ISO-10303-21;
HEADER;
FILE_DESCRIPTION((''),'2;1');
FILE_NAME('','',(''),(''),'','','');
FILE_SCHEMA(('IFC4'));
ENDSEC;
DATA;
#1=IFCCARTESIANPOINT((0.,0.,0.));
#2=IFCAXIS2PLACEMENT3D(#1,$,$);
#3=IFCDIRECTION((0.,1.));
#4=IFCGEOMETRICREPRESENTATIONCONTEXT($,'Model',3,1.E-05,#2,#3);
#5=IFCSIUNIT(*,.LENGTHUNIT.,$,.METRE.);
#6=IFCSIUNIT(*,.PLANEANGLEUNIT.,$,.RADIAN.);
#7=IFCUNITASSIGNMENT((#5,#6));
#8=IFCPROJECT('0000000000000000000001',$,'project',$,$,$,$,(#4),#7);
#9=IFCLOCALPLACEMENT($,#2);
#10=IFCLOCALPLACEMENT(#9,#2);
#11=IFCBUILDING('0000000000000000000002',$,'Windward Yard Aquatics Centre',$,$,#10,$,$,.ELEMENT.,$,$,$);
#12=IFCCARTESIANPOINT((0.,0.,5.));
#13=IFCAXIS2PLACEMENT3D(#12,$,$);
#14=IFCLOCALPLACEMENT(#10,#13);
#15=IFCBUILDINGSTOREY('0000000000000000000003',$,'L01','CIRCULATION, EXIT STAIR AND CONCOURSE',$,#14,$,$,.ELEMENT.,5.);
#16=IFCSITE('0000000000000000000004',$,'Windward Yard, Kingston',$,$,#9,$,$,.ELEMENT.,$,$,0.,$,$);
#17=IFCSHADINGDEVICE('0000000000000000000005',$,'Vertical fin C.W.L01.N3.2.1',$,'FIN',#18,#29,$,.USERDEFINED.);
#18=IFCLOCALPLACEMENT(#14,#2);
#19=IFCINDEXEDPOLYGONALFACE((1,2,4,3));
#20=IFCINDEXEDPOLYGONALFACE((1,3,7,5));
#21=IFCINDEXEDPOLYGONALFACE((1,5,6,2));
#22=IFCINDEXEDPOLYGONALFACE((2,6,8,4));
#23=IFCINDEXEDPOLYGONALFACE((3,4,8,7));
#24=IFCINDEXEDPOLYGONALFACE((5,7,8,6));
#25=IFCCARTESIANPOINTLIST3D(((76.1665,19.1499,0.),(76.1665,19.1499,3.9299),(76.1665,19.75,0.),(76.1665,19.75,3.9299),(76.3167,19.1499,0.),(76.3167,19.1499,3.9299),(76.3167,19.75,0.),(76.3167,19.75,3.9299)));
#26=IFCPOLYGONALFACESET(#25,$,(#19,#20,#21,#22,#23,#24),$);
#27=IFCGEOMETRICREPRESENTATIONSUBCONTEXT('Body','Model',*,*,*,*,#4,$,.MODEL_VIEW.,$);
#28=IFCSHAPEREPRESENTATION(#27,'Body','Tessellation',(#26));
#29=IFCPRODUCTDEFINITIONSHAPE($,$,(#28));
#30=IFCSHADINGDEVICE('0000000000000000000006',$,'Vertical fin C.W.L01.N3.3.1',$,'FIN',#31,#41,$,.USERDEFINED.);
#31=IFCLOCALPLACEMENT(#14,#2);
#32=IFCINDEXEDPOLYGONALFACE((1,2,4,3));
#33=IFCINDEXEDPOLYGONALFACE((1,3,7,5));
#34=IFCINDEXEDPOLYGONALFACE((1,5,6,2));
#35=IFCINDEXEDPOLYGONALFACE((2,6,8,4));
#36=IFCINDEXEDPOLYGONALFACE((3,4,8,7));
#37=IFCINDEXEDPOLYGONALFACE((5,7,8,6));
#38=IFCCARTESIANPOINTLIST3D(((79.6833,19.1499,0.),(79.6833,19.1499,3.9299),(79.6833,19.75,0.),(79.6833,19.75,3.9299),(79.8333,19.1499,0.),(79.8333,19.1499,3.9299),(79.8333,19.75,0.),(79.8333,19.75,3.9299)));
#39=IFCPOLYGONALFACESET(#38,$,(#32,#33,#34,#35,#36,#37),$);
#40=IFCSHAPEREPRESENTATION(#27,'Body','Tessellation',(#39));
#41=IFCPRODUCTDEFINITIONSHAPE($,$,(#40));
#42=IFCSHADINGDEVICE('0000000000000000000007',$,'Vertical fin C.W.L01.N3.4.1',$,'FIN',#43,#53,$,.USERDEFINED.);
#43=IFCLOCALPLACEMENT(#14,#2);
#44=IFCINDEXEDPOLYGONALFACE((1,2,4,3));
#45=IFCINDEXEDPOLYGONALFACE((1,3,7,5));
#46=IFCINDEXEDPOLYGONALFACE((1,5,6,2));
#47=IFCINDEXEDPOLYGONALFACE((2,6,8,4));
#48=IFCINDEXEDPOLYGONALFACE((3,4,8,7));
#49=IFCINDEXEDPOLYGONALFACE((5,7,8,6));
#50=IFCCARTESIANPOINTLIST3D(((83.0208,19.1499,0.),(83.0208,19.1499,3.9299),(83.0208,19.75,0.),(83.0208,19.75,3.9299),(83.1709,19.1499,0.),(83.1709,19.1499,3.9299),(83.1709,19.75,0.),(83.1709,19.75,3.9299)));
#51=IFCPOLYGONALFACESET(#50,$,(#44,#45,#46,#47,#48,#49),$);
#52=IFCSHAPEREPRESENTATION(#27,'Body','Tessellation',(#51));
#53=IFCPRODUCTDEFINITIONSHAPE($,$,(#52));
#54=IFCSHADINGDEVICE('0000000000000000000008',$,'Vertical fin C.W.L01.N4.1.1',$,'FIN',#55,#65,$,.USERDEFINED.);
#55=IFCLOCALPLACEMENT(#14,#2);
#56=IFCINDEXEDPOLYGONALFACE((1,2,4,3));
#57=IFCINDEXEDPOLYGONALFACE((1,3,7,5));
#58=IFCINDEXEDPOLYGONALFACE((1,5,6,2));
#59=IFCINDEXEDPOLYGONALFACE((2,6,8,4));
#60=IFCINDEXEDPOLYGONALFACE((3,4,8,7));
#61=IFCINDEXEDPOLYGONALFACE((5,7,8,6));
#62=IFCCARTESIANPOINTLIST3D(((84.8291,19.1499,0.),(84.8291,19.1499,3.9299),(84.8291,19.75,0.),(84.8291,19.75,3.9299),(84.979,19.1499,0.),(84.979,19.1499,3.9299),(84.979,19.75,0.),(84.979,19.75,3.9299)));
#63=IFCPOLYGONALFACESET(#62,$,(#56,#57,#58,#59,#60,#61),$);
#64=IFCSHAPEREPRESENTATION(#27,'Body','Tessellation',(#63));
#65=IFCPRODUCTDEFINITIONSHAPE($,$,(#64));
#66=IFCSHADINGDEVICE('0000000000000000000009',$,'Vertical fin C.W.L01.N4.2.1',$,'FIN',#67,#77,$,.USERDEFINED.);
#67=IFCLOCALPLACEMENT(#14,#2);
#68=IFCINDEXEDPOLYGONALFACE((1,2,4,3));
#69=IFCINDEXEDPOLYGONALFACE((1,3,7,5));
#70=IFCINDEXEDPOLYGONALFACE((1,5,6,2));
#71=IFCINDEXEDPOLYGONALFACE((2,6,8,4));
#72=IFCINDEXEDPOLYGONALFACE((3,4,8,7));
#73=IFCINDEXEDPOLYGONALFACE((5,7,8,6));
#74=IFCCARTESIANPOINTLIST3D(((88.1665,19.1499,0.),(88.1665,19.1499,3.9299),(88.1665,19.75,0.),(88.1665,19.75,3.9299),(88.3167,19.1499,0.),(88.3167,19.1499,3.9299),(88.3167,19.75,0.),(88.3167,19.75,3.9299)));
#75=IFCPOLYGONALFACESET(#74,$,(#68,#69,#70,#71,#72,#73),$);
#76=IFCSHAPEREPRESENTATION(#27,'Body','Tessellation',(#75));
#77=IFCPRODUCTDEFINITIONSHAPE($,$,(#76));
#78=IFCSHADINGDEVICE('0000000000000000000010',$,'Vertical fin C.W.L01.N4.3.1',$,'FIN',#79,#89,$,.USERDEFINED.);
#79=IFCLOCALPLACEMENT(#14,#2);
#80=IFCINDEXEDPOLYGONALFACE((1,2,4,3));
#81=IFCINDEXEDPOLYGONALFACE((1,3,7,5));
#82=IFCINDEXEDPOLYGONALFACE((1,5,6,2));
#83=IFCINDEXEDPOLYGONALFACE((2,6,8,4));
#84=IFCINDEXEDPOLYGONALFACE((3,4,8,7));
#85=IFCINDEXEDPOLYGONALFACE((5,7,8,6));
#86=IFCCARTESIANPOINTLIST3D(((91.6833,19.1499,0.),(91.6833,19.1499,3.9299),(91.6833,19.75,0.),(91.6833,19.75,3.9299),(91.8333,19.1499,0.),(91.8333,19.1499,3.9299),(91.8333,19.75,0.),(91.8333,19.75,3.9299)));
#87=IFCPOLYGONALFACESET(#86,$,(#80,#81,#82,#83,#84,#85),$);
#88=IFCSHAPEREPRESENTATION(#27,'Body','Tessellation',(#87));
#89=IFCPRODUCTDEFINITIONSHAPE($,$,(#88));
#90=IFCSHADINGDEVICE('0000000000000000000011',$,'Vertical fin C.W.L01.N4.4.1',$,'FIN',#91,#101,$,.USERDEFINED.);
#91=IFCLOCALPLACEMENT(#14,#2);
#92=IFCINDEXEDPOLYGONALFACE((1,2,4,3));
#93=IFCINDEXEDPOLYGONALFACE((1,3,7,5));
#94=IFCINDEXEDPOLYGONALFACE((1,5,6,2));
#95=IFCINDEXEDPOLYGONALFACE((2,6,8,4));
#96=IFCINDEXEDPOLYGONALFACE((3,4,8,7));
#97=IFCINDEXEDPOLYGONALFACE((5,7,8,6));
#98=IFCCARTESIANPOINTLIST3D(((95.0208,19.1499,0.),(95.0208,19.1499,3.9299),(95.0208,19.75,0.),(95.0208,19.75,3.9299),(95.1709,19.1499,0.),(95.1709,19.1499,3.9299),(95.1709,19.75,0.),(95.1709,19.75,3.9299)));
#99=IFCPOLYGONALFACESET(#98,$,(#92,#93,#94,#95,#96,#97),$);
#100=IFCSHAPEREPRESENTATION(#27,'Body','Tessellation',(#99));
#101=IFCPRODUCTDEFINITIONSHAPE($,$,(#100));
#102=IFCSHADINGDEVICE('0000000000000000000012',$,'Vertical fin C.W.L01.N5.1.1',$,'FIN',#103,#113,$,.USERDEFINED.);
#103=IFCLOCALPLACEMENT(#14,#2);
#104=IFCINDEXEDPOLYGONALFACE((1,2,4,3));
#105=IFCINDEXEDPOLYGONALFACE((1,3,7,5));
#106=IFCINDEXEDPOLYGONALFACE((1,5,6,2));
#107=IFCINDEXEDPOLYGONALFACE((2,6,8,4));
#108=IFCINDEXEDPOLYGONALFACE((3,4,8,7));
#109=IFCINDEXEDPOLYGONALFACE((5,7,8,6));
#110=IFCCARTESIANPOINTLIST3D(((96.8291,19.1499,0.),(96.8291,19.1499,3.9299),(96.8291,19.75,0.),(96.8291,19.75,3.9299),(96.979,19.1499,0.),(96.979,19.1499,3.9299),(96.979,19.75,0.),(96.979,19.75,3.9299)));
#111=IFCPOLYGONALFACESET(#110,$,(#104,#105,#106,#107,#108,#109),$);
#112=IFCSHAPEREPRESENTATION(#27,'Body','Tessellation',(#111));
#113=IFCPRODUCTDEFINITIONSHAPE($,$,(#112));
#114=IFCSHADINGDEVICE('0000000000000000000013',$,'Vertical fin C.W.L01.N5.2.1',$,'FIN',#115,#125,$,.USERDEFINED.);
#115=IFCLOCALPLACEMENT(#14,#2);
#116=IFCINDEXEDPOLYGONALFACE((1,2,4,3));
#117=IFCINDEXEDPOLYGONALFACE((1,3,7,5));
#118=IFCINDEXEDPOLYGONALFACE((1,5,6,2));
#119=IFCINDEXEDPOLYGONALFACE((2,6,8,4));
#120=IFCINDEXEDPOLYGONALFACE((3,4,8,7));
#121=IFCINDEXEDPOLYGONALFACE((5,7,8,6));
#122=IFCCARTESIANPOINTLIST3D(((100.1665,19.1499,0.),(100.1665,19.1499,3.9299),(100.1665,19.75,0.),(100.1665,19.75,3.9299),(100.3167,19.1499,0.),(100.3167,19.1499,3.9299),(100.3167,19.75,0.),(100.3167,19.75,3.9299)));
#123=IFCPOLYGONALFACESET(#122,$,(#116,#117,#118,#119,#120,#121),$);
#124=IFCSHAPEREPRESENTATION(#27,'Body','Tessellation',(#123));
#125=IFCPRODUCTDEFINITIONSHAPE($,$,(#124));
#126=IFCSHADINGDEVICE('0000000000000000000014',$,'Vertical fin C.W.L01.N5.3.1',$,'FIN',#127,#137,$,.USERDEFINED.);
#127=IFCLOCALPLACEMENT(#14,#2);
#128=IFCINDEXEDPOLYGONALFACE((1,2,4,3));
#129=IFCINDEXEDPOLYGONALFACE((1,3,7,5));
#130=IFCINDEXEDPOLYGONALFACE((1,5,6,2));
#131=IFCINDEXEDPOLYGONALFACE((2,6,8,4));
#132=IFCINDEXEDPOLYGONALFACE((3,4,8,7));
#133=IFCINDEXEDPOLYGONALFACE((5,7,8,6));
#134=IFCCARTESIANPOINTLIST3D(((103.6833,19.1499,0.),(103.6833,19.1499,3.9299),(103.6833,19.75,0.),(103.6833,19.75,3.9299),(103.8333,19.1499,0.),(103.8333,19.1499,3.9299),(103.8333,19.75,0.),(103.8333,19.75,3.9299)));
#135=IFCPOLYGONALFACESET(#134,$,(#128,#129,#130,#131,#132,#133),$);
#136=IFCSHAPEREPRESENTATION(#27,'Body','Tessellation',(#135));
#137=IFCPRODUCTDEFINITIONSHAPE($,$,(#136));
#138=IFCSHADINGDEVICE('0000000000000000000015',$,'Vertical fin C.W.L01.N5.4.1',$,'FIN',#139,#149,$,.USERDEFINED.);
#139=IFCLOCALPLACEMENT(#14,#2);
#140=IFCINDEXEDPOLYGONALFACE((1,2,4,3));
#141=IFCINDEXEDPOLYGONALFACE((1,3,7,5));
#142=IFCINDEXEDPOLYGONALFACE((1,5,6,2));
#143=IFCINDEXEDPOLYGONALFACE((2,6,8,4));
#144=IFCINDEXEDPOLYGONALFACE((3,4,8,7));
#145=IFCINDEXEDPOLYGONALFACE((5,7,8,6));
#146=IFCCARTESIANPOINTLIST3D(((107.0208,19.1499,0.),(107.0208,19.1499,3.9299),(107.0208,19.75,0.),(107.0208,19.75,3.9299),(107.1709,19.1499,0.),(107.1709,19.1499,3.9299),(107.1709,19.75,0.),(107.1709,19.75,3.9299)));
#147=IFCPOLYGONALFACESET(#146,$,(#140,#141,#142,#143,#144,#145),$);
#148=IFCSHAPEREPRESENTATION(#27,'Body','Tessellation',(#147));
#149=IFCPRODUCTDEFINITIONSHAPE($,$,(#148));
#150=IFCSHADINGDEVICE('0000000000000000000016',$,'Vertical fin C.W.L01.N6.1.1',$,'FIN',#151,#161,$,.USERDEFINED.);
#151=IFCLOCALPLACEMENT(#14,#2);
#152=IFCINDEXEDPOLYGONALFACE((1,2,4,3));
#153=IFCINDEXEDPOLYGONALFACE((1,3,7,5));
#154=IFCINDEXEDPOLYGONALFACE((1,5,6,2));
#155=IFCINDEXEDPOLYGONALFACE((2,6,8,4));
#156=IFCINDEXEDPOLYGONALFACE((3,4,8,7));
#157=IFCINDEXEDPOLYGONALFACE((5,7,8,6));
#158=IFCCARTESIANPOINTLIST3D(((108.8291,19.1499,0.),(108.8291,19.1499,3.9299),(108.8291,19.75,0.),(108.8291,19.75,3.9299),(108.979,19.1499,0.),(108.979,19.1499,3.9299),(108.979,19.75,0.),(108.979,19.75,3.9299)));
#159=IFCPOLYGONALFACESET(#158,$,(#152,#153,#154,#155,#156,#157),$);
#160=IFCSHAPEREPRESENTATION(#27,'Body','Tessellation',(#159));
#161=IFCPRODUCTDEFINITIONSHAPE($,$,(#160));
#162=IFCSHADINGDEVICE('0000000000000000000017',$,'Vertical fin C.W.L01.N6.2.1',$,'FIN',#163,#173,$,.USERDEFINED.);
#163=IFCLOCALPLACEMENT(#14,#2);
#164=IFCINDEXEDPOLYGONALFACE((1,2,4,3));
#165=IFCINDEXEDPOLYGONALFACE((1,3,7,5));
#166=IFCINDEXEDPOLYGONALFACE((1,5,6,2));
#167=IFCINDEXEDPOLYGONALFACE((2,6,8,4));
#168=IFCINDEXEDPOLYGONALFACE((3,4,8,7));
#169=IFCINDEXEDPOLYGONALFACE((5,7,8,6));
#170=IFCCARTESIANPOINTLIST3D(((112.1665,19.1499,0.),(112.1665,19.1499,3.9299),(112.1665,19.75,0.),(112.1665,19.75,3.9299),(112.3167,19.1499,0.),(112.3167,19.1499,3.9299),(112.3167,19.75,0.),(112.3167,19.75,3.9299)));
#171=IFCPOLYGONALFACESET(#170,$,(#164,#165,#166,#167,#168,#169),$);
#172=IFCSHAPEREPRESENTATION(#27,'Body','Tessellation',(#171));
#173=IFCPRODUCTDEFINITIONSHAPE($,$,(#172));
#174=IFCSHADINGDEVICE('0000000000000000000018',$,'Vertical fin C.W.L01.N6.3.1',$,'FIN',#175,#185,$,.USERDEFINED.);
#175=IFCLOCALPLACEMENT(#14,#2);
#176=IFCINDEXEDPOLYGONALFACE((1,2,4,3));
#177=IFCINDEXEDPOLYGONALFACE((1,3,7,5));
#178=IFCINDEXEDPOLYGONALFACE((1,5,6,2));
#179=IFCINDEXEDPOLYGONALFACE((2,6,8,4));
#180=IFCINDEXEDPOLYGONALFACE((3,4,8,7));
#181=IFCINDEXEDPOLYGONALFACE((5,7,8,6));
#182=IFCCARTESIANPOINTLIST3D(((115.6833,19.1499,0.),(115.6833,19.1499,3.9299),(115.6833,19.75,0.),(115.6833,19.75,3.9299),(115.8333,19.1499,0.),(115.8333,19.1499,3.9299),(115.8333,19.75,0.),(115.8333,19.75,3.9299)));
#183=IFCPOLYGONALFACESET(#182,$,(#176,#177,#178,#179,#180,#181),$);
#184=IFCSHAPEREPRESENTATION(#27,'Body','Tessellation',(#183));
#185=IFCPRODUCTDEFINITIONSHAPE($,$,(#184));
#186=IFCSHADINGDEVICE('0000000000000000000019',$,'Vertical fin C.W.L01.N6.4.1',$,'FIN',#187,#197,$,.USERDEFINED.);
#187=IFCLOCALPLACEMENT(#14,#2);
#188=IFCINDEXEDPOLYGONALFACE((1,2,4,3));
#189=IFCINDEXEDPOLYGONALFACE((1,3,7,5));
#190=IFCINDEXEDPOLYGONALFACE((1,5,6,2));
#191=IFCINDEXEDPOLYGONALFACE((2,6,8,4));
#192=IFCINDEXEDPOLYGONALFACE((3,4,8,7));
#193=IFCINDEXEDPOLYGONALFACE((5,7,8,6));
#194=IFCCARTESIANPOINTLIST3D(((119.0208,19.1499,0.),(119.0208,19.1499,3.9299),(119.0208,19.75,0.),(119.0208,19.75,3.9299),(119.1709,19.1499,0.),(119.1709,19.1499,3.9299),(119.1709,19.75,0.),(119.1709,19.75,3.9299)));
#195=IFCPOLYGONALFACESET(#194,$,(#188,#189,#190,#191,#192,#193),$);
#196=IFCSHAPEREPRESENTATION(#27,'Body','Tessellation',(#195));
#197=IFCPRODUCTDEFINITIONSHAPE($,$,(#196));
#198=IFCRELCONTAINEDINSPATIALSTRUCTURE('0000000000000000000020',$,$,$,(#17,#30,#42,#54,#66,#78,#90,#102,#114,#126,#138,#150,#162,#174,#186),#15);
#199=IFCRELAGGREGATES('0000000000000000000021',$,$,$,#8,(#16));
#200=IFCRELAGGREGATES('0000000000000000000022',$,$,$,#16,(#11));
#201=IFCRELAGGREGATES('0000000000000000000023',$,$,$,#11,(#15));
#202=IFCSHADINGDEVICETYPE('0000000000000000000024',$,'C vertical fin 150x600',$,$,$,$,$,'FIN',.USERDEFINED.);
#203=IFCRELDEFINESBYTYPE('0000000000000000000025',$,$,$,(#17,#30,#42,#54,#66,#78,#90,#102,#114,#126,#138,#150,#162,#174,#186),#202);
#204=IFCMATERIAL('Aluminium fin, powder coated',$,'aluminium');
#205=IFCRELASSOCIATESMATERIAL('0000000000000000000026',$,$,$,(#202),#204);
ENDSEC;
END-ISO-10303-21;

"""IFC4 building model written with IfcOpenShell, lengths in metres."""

from ifc_helpers import new_model, si_unit, direction, frame, origin, place, context, subcontext, project, spatial, polyline, outline, extrude, material, type_object, element, save


model = new_model("IFC4")

# Units and contexts
model_context = context("Model", 3, precision=1e-05, world=origin(), true_north=direction((0.0, 1.0)))
body_context = subcontext(model_context, "Body", "Model", "MODEL_VIEW")
ifc_project = project(units=[si_unit("LENGTHUNIT", "METRE"), si_unit("PLANEANGLEUNIT", "RADIAN")], contexts=[model_context])

# Site, building, storey
site_placement = place(None, origin())
site = spatial("IfcSite", under=ifc_project, at=site_placement, Name="Windward Yard, Kingston", CompositionType="ELEMENT", RefElevation=0.0)
building_placement = place(site_placement, origin())
building = spatial("IfcBuilding", under=site, at=building_placement, Name="Windward Yard Aquatics Centre", CompositionType="ELEMENT")
storey_placement = place(building_placement, frame((0.0, 0.0, 5.0)))
storey = spatial("IfcBuildingStorey", under=building, at=storey_placement, Name="L01", Description="CIRCULATION, EXIT STAIR AND CONCOURSE", CompositionType="ELEMENT", Elevation=5.0)

# Shading devices
ifc_material = material(Name="Aluminium fin, powder coated", Category="aluminium")
shading_device_type = type_object("IfcShadingDeviceType", Name="C vertical fin 150x600", ElementType="FIN", PredefinedType="USERDEFINED", material=ifc_material)
shading_device_1_placement = place(storey_placement, origin())
element("IfcShadingDevice", 1, at=shading_device_1_placement, inside=storey, type_object=shading_device_type, Name="Vertical fin C.W.L01.N3.2.1", ObjectType="FIN", PredefinedType="USERDEFINED", context=body_context, shape_type="SweptSolid", body=[
    extrude(outline(polyline([(76.1665, 19.1499), (76.3167, 19.1499), (76.3167, 19.75), (76.1665, 19.75), (76.1665, 19.1499)])), origin(), (0.0, 0.0, 1.0), 3.9299),
])
shading_device_2_placement = place(storey_placement, origin())
element("IfcShadingDevice", 2, at=shading_device_2_placement, inside=storey, type_object=shading_device_type, Name="Vertical fin C.W.L01.N3.3.1", ObjectType="FIN", PredefinedType="USERDEFINED", context=body_context, shape_type="SweptSolid", body=[
    extrude(outline(polyline([(79.6833, 19.1499), (79.8333, 19.1499), (79.8333, 19.75), (79.6833, 19.75), (79.6833, 19.1499)])), origin(), (0.0, 0.0, 1.0), 3.9299),
])
shading_device_3_placement = place(storey_placement, origin())
element("IfcShadingDevice", 3, at=shading_device_3_placement, inside=storey, type_object=shading_device_type, Name="Vertical fin C.W.L01.N3.4.1", ObjectType="FIN", PredefinedType="USERDEFINED", context=body_context, shape_type="SweptSolid", body=[
    extrude(outline(polyline([(83.0208, 19.1499), (83.1709, 19.1499), (83.1709, 19.75), (83.0208, 19.75), (83.0208, 19.1499)])), origin(), (0.0, 0.0, 1.0), 3.9299),
])
shading_device_4_placement = place(storey_placement, origin())
element("IfcShadingDevice", 4, at=shading_device_4_placement, inside=storey, type_object=shading_device_type, Name="Vertical fin C.W.L01.N4.1.1", ObjectType="FIN", PredefinedType="USERDEFINED", context=body_context, shape_type="SweptSolid", body=[
    extrude(outline(polyline([(84.8291, 19.1499), (84.979, 19.1499), (84.979, 19.75), (84.8291, 19.75), (84.8291, 19.1499)])), origin(), (0.0, 0.0, 1.0), 3.9299),
])
shading_device_5_placement = place(storey_placement, origin())
element("IfcShadingDevice", 5, at=shading_device_5_placement, inside=storey, type_object=shading_device_type, Name="Vertical fin C.W.L01.N4.2.1", ObjectType="FIN", PredefinedType="USERDEFINED", context=body_context, shape_type="SweptSolid", body=[
    extrude(outline(polyline([(88.1665, 19.1499), (88.3167, 19.1499), (88.3167, 19.75), (88.1665, 19.75), (88.1665, 19.1499)])), origin(), (0.0, 0.0, 1.0), 3.9299),
])
shading_device_6_placement = place(storey_placement, origin())
element("IfcShadingDevice", 6, at=shading_device_6_placement, inside=storey, type_object=shading_device_type, Name="Vertical fin C.W.L01.N4.3.1", ObjectType="FIN", PredefinedType="USERDEFINED", context=body_context, shape_type="SweptSolid", body=[
    extrude(outline(polyline([(91.6833, 19.1499), (91.8333, 19.1499), (91.8333, 19.75), (91.6833, 19.75), (91.6833, 19.1499)])), origin(), (0.0, 0.0, 1.0), 3.9299),
])
shading_device_7_placement = place(storey_placement, origin())
element("IfcShadingDevice", 7, at=shading_device_7_placement, inside=storey, type_object=shading_device_type, Name="Vertical fin C.W.L01.N4.4.1", ObjectType="FIN", PredefinedType="USERDEFINED", context=body_context, shape_type="SweptSolid", body=[
    extrude(outline(polyline([(95.0208, 19.1499), (95.1709, 19.1499), (95.1709, 19.75), (95.0208, 19.75), (95.0208, 19.1499)])), origin(), (0.0, 0.0, 1.0), 3.9299),
])
shading_device_8_placement = place(storey_placement, origin())
element("IfcShadingDevice", 8, at=shading_device_8_placement, inside=storey, type_object=shading_device_type, Name="Vertical fin C.W.L01.N5.1.1", ObjectType="FIN", PredefinedType="USERDEFINED", context=body_context, shape_type="SweptSolid", body=[
    extrude(outline(polyline([(96.8291, 19.1499), (96.979, 19.1499), (96.979, 19.75), (96.8291, 19.75), (96.8291, 19.1499)])), origin(), (0.0, 0.0, 1.0), 3.9299),
])
shading_device_9_placement = place(storey_placement, origin())
element("IfcShadingDevice", 9, at=shading_device_9_placement, inside=storey, type_object=shading_device_type, Name="Vertical fin C.W.L01.N5.2.1", ObjectType="FIN", PredefinedType="USERDEFINED", context=body_context, shape_type="SweptSolid", body=[
    extrude(outline(polyline([(100.1665, 19.1499), (100.3167, 19.1499), (100.3167, 19.75), (100.1665, 19.75), (100.1665, 19.1499)])), origin(), (0.0, 0.0, 1.0), 3.9299),
])
shading_device_10_placement = place(storey_placement, origin())
element("IfcShadingDevice", 10, at=shading_device_10_placement, inside=storey, type_object=shading_device_type, Name="Vertical fin C.W.L01.N5.3.1", ObjectType="FIN", PredefinedType="USERDEFINED", context=body_context, shape_type="SweptSolid", body=[
    extrude(outline(polyline([(103.6833, 19.1499), (103.8333, 19.1499), (103.8333, 19.75), (103.6833, 19.75), (103.6833, 19.1499)])), origin(), (0.0, 0.0, 1.0), 3.9299),
])
shading_device_11_placement = place(storey_placement, origin())
element("IfcShadingDevice", 11, at=shading_device_11_placement, inside=storey, type_object=shading_device_type, Name="Vertical fin C.W.L01.N5.4.1", ObjectType="FIN", PredefinedType="USERDEFINED", context=body_context, shape_type="SweptSolid", body=[
    extrude(outline(polyline([(107.0208, 19.1499), (107.1709, 19.1499), (107.1709, 19.75), (107.0208, 19.75), (107.0208, 19.1499)])), origin(), (0.0, 0.0, 1.0), 3.9299),
])
shading_device_12_placement = place(storey_placement, origin())
element("IfcShadingDevice", 12, at=shading_device_12_placement, inside=storey, type_object=shading_device_type, Name="Vertical fin C.W.L01.N6.1.1", ObjectType="FIN", PredefinedType="USERDEFINED", context=body_context, shape_type="SweptSolid", body=[
    extrude(outline(polyline([(108.8291, 19.1499), (108.979, 19.1499), (108.979, 19.75), (108.8291, 19.75), (108.8291, 19.1499)])), origin(), (0.0, 0.0, 1.0), 3.9299),
])
shading_device_13_placement = place(storey_placement, origin())
element("IfcShadingDevice", 13, at=shading_device_13_placement, inside=storey, type_object=shading_device_type, Name="Vertical fin C.W.L01.N6.2.1", ObjectType="FIN", PredefinedType="USERDEFINED", context=body_context, shape_type="SweptSolid", body=[
    extrude(outline(polyline([(112.1665, 19.1499), (112.3167, 19.1499), (112.3167, 19.75), (112.1665, 19.75), (112.1665, 19.1499)])), origin(), (0.0, 0.0, 1.0), 3.9299),
])
shading_device_14_placement = place(storey_placement, origin())
element("IfcShadingDevice", 14, at=shading_device_14_placement, inside=storey, type_object=shading_device_type, Name="Vertical fin C.W.L01.N6.3.1", ObjectType="FIN", PredefinedType="USERDEFINED", context=body_context, shape_type="SweptSolid", body=[
    extrude(outline(polyline([(115.6833, 19.1499), (115.8333, 19.1499), (115.8333, 19.75), (115.6833, 19.75), (115.6833, 19.1499)])), origin(), (0.0, 0.0, 1.0), 3.9299),
])
shading_device_15_placement = place(storey_placement, origin())
element("IfcShadingDevice", 15, at=shading_device_15_placement, inside=storey, type_object=shading_device_type, Name="Vertical fin C.W.L01.N6.4.1", ObjectType="FIN", PredefinedType="USERDEFINED", context=body_context, shape_type="SweptSolid", body=[
    extrude(outline(polyline([(119.0208, 19.1499), (119.1709, 19.1499), (119.1709, 19.75), (119.0208, 19.75), (119.0208, 19.1499)])), origin(), (0.0, 0.0, 1.0), 3.9299),
])

save(model, "model.ifc")
